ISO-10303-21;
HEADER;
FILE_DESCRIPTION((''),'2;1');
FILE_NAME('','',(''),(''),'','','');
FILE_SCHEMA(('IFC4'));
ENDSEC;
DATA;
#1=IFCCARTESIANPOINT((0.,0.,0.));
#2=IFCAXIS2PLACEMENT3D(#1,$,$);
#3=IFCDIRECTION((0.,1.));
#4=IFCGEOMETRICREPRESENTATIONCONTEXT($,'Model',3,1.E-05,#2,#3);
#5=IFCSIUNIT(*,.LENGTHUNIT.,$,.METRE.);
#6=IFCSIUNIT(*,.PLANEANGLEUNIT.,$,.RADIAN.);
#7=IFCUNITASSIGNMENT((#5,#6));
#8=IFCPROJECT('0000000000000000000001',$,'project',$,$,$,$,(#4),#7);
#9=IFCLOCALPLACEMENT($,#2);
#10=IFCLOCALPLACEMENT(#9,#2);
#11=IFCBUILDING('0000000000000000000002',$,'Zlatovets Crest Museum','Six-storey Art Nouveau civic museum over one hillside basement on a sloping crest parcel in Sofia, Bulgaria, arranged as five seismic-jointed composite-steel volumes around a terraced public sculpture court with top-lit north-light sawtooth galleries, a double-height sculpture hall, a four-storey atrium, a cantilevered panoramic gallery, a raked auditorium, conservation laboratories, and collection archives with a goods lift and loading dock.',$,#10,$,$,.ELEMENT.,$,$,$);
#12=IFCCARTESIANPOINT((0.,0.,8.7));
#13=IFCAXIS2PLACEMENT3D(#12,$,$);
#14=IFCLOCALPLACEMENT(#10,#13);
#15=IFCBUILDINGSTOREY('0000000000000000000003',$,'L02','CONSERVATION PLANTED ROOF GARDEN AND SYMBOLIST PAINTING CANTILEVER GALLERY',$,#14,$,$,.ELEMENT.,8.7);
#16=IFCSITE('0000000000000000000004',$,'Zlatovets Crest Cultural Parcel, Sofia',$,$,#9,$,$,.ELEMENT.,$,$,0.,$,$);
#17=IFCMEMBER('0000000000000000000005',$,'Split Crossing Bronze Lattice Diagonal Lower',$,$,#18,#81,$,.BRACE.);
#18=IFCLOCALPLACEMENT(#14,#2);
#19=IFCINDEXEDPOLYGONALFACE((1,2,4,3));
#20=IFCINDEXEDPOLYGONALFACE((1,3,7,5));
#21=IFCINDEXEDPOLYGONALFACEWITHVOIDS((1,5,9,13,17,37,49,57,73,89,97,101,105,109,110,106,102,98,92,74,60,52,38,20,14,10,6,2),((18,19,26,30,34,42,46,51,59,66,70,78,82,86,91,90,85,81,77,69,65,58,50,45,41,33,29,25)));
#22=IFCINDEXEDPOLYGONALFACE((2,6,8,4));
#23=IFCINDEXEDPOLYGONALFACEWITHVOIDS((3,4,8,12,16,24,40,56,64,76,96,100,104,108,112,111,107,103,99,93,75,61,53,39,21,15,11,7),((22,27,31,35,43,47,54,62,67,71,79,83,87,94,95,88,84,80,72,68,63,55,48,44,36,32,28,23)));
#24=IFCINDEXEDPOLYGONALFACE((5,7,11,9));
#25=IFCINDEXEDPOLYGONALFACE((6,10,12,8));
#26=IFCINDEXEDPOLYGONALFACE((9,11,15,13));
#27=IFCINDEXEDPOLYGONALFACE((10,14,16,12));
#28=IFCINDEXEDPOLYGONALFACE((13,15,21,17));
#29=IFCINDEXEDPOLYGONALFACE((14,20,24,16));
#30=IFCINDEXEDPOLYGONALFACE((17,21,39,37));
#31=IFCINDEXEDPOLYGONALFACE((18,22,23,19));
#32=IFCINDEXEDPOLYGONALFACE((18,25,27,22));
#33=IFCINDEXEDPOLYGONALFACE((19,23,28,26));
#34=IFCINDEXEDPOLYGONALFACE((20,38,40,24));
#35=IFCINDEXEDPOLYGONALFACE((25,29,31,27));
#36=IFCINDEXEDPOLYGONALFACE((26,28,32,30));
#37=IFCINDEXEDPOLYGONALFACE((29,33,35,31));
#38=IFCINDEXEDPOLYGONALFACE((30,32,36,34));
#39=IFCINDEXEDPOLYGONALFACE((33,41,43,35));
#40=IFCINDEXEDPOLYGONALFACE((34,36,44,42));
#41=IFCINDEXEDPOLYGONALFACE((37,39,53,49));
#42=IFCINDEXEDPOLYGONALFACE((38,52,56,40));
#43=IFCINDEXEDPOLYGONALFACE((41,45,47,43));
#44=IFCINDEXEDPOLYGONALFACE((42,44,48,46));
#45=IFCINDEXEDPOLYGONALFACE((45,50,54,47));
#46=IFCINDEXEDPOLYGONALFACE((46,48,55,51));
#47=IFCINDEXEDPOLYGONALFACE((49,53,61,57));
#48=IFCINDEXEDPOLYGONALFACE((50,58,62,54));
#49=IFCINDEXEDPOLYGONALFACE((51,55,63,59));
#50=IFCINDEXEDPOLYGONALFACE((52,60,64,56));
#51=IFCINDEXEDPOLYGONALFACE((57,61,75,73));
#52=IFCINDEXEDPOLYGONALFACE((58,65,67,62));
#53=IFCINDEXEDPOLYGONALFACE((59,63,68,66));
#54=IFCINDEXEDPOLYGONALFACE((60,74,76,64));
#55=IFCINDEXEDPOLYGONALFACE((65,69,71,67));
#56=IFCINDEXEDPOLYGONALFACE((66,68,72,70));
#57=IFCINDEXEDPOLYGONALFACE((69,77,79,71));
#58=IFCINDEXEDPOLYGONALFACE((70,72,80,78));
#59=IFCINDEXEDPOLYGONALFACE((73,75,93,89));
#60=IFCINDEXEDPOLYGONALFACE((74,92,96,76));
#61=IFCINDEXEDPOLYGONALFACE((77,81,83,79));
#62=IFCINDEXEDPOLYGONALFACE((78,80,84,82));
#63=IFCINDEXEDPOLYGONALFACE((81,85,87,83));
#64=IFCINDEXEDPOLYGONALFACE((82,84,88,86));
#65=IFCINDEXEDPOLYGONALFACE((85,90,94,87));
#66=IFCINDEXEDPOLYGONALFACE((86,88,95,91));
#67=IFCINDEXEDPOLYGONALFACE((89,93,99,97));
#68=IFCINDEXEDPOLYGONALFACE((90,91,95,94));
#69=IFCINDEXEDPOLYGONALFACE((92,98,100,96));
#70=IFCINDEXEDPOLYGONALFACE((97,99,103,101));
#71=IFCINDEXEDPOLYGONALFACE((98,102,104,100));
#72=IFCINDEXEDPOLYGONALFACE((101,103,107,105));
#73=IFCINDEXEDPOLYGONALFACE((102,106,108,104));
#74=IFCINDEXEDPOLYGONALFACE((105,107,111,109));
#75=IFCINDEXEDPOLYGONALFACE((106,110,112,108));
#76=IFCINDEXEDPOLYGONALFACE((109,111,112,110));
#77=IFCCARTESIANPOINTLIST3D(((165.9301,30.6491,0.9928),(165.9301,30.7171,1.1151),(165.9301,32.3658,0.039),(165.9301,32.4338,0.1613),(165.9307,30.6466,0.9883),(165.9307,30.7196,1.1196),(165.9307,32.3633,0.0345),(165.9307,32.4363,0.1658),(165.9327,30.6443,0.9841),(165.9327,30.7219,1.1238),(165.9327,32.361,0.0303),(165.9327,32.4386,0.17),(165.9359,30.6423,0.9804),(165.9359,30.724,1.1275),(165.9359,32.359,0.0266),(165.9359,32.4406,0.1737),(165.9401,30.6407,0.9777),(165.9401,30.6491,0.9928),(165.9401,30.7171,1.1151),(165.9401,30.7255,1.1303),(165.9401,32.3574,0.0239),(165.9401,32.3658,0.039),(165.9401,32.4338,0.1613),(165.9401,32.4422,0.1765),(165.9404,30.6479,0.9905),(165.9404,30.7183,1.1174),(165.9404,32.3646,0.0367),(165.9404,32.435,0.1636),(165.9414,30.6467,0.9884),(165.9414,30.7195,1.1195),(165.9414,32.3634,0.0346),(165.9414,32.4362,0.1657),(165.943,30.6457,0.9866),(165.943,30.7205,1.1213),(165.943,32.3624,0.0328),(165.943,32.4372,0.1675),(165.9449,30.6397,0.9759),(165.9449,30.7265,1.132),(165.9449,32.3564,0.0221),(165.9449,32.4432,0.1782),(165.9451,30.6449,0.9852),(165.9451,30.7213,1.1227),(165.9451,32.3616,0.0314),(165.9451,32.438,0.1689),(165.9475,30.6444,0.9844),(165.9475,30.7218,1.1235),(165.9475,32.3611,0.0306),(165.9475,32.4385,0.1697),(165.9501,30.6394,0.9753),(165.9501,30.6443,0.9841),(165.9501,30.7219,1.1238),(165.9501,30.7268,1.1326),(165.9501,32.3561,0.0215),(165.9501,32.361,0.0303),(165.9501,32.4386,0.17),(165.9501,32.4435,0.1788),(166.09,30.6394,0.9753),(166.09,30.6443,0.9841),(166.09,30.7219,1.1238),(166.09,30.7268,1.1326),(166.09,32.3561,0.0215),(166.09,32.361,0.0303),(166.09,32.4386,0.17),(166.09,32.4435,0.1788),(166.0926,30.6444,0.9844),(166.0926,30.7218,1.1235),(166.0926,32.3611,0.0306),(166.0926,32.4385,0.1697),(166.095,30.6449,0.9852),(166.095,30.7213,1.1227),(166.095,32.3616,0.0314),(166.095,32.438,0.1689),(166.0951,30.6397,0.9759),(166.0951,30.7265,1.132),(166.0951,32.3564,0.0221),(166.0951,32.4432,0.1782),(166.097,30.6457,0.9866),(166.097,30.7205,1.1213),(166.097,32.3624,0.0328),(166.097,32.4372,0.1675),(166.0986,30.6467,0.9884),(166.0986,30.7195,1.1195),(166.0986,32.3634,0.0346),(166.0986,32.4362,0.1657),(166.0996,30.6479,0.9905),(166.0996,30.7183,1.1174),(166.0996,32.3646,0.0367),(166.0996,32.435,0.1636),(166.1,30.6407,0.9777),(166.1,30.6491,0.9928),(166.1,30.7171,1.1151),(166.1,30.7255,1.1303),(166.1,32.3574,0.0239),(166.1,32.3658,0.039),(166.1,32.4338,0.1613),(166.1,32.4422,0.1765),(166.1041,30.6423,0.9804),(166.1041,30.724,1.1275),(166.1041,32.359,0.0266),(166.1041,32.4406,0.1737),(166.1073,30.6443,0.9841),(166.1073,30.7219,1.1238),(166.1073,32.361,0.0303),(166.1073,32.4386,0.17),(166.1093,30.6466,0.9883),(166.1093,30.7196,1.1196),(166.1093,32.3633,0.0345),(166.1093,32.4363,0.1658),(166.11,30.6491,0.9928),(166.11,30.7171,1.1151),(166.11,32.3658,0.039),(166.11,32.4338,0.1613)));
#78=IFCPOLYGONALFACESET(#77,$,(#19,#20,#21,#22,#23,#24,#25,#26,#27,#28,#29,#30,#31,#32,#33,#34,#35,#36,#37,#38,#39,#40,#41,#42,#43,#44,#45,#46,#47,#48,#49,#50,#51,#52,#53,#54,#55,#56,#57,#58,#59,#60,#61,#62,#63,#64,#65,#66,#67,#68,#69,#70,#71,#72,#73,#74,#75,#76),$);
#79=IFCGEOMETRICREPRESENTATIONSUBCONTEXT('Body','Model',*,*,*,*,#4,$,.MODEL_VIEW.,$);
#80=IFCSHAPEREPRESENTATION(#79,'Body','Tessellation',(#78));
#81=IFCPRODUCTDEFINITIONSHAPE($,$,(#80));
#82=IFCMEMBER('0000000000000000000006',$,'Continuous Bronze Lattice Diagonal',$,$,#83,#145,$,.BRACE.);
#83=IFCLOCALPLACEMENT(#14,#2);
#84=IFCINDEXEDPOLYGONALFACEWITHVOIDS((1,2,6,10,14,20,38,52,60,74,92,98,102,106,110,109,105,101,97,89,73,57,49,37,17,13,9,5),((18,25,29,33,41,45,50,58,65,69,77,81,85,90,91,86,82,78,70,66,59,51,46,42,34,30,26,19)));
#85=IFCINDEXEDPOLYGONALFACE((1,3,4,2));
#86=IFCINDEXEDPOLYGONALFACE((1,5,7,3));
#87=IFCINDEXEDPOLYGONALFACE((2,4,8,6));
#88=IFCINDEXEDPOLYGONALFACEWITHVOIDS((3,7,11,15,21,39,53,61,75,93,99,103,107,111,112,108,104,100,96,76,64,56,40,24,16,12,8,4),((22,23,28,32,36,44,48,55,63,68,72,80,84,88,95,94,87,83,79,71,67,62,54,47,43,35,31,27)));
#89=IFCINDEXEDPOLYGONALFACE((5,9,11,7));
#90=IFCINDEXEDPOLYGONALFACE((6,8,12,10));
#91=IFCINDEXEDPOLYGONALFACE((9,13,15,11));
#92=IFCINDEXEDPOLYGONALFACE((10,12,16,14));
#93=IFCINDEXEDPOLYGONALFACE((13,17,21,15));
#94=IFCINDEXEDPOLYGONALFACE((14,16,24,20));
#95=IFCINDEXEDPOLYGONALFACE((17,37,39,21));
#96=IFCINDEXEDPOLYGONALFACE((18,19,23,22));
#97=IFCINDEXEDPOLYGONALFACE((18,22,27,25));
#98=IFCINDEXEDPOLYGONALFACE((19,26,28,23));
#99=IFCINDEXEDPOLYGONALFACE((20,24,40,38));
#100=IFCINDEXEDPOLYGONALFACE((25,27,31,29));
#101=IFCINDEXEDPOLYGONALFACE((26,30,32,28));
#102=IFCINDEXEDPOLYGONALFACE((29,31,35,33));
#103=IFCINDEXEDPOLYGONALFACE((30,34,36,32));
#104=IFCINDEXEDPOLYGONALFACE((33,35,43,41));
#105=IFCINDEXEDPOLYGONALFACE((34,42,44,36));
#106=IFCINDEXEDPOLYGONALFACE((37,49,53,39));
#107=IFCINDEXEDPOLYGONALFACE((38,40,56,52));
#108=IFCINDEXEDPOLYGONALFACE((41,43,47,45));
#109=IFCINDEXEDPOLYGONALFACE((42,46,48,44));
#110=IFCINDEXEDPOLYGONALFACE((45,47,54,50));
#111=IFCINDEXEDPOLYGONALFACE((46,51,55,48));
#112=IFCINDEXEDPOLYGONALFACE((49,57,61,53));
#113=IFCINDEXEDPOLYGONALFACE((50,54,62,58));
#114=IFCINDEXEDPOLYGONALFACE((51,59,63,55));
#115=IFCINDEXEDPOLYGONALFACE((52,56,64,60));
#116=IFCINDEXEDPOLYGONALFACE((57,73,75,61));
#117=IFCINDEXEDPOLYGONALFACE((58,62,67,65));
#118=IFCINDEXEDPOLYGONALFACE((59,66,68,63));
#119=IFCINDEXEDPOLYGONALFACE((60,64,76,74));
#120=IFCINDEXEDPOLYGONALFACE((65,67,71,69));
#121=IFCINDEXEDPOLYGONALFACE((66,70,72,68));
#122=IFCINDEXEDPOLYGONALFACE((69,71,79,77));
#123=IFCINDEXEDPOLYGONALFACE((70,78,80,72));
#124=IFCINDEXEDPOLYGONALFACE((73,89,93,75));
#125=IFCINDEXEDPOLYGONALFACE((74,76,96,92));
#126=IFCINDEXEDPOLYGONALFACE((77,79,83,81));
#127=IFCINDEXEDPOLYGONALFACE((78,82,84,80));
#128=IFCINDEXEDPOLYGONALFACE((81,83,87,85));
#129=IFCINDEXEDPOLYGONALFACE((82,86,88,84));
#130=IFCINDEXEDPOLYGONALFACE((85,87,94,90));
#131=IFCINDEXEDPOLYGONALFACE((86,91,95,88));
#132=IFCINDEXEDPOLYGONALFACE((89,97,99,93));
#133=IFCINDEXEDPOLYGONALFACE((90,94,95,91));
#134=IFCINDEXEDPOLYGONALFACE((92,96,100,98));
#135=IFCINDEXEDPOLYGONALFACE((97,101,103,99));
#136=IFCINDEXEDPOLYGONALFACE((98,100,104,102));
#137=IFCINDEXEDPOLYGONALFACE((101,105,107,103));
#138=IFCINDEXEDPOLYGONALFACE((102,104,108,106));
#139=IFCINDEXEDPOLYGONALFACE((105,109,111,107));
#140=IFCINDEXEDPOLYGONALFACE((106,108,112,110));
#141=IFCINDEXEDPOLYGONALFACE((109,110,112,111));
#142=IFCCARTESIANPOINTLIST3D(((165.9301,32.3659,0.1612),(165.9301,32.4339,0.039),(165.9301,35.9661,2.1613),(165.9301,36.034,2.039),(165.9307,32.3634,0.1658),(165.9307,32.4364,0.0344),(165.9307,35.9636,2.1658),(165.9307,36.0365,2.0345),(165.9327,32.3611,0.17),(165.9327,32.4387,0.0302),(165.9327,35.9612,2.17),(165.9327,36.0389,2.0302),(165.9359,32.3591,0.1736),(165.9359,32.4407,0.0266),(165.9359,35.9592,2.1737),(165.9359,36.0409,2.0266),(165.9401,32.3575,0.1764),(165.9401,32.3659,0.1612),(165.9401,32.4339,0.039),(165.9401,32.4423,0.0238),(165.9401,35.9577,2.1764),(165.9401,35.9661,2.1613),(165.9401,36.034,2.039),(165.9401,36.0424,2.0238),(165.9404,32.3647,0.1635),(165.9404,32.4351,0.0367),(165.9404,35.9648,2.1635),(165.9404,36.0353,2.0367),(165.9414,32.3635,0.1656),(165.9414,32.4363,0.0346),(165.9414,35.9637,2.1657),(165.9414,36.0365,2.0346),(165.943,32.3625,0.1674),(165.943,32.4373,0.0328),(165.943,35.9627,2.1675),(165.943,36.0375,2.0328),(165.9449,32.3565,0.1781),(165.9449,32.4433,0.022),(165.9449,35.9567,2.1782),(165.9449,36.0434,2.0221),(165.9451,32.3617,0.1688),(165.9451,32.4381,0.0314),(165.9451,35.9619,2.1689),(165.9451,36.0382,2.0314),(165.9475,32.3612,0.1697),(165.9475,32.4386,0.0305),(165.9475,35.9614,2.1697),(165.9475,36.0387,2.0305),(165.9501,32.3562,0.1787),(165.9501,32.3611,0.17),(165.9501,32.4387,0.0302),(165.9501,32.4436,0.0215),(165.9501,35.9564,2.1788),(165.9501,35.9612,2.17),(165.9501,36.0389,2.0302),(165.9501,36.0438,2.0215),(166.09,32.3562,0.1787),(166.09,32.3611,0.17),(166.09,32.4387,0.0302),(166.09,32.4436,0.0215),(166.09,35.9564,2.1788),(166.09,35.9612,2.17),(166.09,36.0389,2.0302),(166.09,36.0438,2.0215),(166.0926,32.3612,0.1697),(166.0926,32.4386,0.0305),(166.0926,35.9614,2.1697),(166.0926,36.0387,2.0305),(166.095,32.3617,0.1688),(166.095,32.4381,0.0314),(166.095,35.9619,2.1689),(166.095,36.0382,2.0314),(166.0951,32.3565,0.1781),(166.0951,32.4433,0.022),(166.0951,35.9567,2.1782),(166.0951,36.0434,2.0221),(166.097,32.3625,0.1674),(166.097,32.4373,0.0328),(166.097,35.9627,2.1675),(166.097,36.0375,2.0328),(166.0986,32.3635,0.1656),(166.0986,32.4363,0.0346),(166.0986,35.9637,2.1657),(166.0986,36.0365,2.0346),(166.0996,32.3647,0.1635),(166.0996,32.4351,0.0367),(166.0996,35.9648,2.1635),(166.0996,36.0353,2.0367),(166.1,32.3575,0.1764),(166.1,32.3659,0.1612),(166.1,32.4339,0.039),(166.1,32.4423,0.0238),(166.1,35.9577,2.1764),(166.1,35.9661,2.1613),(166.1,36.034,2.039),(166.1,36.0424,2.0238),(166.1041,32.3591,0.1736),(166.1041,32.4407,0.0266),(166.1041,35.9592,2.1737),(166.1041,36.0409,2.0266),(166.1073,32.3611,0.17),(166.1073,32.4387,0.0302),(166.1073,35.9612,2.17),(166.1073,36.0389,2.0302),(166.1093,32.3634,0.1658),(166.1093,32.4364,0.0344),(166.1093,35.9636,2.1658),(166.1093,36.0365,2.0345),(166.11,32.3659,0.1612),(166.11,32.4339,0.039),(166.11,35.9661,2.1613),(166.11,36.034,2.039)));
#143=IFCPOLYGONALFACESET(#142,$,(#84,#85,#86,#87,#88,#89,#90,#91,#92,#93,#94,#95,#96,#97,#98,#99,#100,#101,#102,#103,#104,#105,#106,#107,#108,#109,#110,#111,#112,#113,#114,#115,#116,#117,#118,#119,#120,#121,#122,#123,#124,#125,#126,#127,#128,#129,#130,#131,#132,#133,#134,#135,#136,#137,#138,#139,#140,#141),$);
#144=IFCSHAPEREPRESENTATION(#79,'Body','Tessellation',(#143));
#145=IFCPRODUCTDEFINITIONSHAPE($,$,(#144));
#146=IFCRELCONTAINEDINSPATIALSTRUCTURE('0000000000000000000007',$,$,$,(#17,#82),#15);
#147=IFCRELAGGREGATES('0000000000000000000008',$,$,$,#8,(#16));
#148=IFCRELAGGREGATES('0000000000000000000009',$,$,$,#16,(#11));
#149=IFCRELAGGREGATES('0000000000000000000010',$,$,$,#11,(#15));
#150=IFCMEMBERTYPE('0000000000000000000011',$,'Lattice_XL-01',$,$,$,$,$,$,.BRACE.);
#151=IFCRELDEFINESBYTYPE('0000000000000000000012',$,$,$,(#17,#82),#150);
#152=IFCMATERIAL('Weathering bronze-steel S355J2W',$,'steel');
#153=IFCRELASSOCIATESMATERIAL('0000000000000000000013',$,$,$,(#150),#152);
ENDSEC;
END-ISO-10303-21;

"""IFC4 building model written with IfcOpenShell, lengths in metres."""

from ifc_helpers import new_model, si_unit, direction, frame, origin, origin_2d, place, context, subcontext, project, spatial, hollow_rectangle, extrude, material, material_profile, profile_set, type_object, element, save


model = new_model("IFC4")

# Units and contexts
model_context = context("Model", 3, precision=1e-05, world=origin(), true_north=direction((0.0, 1.0)))
body_context = subcontext(model_context, "Body", "Model", "MODEL_VIEW")
ifc_project = project(units=[si_unit("LENGTHUNIT", "METRE"), si_unit("PLANEANGLEUNIT", "RADIAN")], contexts=[model_context])

# Site, building, storey
site_placement = place(None, origin())
site = spatial("IfcSite", under=ifc_project, at=site_placement, Name="Zlatovets Crest Cultural Parcel, Sofia", CompositionType="ELEMENT", RefElevation=0.0)
building_placement = place(site_placement, origin())
building = spatial("IfcBuilding", under=site, at=building_placement, Name="Zlatovets Crest Museum", Description="Six-storey Art Nouveau civic museum over one hillside basement on a sloping crest parcel in Sofia, Bulgaria, arranged as five seismic-jointed composite-steel volumes around a terraced public sculpture court with top-lit north-light sawtooth galleries, a double-height sculpture hall, a four-storey atrium, a cantilevered panoramic gallery, a raked auditorium, conservation laboratories, and collection archives with a goods lift and loading dock.", CompositionType="ELEMENT")
storey_placement = place(building_placement, frame((0.0, 0.0, 8.7)))
storey = spatial("IfcBuildingStorey", under=building, at=storey_placement, Name="L02", Description="CONSERVATION PLANTED ROOF GARDEN AND SYMBOLIST PAINTING CANTILEVER GALLERY", CompositionType="ELEMENT", Elevation=8.7)

# Members
ifc_material_1 = material(Name="Weathering bronze-steel S355J2W", Category="steel")
ifc_material_profile_1 = material_profile(ifc_material_1, hollow_rectangle(XDim=0.1799, YDim=0.1799, WallThickness=0.01, InnerFilletRadius=0.01, OuterFilletRadius=0.02, at=origin_2d()), Name="SHS 180x180x10.0")
ifc_profile_set_1 = profile_set([ifc_material_profile_1], Name="Weathering bronze-steel S355J2W")
member_type_1 = type_object("IfcMemberType", Name="Lattice_XL-01", PredefinedType="BRACE", material=ifc_profile_set_1)
member_1_placement = place(storey_placement, frame((166.02, 30.6831, 1.054), z_axis=(0.0, 0.87414, -0.485675), x_axis=(-1.0, 0.0, 0.0)))
element("IfcMember", 1, at=member_1_placement, inside=storey, type_object=member_type_1, Name="Split Crossing Bronze Lattice Diagonal Lower", PredefinedType="BRACE", context=body_context, shape_type="SweptSolid", body=[
    extrude(hollow_rectangle(XDim=0.1799, YDim=0.1799, WallThickness=0.01, InnerFilletRadius=0.01, OuterFilletRadius=0.02, at=origin_2d()), origin(), (0.0, 0.0, 1.0), 1.9639),
])
member_2_placement = place(storey_placement, frame((166.02, 32.3999, 0.1001), z_axis=(0.0, 0.874163, 0.485633), x_axis=(-1.0, 0.0, 0.0)))
element("IfcMember", 2, at=member_2_placement, inside=storey, type_object=member_type_1, Name="Continuous Bronze Lattice Diagonal", PredefinedType="BRACE", context=body_context, shape_type="SweptSolid", body=[
    extrude(hollow_rectangle(XDim=0.1799, YDim=0.1799, WallThickness=0.01, InnerFilletRadius=0.01, OuterFilletRadius=0.02, at=origin_2d()), origin(), (0.0, 0.0, 1.0), 4.1184),
])

save(model, "model.ifc")
